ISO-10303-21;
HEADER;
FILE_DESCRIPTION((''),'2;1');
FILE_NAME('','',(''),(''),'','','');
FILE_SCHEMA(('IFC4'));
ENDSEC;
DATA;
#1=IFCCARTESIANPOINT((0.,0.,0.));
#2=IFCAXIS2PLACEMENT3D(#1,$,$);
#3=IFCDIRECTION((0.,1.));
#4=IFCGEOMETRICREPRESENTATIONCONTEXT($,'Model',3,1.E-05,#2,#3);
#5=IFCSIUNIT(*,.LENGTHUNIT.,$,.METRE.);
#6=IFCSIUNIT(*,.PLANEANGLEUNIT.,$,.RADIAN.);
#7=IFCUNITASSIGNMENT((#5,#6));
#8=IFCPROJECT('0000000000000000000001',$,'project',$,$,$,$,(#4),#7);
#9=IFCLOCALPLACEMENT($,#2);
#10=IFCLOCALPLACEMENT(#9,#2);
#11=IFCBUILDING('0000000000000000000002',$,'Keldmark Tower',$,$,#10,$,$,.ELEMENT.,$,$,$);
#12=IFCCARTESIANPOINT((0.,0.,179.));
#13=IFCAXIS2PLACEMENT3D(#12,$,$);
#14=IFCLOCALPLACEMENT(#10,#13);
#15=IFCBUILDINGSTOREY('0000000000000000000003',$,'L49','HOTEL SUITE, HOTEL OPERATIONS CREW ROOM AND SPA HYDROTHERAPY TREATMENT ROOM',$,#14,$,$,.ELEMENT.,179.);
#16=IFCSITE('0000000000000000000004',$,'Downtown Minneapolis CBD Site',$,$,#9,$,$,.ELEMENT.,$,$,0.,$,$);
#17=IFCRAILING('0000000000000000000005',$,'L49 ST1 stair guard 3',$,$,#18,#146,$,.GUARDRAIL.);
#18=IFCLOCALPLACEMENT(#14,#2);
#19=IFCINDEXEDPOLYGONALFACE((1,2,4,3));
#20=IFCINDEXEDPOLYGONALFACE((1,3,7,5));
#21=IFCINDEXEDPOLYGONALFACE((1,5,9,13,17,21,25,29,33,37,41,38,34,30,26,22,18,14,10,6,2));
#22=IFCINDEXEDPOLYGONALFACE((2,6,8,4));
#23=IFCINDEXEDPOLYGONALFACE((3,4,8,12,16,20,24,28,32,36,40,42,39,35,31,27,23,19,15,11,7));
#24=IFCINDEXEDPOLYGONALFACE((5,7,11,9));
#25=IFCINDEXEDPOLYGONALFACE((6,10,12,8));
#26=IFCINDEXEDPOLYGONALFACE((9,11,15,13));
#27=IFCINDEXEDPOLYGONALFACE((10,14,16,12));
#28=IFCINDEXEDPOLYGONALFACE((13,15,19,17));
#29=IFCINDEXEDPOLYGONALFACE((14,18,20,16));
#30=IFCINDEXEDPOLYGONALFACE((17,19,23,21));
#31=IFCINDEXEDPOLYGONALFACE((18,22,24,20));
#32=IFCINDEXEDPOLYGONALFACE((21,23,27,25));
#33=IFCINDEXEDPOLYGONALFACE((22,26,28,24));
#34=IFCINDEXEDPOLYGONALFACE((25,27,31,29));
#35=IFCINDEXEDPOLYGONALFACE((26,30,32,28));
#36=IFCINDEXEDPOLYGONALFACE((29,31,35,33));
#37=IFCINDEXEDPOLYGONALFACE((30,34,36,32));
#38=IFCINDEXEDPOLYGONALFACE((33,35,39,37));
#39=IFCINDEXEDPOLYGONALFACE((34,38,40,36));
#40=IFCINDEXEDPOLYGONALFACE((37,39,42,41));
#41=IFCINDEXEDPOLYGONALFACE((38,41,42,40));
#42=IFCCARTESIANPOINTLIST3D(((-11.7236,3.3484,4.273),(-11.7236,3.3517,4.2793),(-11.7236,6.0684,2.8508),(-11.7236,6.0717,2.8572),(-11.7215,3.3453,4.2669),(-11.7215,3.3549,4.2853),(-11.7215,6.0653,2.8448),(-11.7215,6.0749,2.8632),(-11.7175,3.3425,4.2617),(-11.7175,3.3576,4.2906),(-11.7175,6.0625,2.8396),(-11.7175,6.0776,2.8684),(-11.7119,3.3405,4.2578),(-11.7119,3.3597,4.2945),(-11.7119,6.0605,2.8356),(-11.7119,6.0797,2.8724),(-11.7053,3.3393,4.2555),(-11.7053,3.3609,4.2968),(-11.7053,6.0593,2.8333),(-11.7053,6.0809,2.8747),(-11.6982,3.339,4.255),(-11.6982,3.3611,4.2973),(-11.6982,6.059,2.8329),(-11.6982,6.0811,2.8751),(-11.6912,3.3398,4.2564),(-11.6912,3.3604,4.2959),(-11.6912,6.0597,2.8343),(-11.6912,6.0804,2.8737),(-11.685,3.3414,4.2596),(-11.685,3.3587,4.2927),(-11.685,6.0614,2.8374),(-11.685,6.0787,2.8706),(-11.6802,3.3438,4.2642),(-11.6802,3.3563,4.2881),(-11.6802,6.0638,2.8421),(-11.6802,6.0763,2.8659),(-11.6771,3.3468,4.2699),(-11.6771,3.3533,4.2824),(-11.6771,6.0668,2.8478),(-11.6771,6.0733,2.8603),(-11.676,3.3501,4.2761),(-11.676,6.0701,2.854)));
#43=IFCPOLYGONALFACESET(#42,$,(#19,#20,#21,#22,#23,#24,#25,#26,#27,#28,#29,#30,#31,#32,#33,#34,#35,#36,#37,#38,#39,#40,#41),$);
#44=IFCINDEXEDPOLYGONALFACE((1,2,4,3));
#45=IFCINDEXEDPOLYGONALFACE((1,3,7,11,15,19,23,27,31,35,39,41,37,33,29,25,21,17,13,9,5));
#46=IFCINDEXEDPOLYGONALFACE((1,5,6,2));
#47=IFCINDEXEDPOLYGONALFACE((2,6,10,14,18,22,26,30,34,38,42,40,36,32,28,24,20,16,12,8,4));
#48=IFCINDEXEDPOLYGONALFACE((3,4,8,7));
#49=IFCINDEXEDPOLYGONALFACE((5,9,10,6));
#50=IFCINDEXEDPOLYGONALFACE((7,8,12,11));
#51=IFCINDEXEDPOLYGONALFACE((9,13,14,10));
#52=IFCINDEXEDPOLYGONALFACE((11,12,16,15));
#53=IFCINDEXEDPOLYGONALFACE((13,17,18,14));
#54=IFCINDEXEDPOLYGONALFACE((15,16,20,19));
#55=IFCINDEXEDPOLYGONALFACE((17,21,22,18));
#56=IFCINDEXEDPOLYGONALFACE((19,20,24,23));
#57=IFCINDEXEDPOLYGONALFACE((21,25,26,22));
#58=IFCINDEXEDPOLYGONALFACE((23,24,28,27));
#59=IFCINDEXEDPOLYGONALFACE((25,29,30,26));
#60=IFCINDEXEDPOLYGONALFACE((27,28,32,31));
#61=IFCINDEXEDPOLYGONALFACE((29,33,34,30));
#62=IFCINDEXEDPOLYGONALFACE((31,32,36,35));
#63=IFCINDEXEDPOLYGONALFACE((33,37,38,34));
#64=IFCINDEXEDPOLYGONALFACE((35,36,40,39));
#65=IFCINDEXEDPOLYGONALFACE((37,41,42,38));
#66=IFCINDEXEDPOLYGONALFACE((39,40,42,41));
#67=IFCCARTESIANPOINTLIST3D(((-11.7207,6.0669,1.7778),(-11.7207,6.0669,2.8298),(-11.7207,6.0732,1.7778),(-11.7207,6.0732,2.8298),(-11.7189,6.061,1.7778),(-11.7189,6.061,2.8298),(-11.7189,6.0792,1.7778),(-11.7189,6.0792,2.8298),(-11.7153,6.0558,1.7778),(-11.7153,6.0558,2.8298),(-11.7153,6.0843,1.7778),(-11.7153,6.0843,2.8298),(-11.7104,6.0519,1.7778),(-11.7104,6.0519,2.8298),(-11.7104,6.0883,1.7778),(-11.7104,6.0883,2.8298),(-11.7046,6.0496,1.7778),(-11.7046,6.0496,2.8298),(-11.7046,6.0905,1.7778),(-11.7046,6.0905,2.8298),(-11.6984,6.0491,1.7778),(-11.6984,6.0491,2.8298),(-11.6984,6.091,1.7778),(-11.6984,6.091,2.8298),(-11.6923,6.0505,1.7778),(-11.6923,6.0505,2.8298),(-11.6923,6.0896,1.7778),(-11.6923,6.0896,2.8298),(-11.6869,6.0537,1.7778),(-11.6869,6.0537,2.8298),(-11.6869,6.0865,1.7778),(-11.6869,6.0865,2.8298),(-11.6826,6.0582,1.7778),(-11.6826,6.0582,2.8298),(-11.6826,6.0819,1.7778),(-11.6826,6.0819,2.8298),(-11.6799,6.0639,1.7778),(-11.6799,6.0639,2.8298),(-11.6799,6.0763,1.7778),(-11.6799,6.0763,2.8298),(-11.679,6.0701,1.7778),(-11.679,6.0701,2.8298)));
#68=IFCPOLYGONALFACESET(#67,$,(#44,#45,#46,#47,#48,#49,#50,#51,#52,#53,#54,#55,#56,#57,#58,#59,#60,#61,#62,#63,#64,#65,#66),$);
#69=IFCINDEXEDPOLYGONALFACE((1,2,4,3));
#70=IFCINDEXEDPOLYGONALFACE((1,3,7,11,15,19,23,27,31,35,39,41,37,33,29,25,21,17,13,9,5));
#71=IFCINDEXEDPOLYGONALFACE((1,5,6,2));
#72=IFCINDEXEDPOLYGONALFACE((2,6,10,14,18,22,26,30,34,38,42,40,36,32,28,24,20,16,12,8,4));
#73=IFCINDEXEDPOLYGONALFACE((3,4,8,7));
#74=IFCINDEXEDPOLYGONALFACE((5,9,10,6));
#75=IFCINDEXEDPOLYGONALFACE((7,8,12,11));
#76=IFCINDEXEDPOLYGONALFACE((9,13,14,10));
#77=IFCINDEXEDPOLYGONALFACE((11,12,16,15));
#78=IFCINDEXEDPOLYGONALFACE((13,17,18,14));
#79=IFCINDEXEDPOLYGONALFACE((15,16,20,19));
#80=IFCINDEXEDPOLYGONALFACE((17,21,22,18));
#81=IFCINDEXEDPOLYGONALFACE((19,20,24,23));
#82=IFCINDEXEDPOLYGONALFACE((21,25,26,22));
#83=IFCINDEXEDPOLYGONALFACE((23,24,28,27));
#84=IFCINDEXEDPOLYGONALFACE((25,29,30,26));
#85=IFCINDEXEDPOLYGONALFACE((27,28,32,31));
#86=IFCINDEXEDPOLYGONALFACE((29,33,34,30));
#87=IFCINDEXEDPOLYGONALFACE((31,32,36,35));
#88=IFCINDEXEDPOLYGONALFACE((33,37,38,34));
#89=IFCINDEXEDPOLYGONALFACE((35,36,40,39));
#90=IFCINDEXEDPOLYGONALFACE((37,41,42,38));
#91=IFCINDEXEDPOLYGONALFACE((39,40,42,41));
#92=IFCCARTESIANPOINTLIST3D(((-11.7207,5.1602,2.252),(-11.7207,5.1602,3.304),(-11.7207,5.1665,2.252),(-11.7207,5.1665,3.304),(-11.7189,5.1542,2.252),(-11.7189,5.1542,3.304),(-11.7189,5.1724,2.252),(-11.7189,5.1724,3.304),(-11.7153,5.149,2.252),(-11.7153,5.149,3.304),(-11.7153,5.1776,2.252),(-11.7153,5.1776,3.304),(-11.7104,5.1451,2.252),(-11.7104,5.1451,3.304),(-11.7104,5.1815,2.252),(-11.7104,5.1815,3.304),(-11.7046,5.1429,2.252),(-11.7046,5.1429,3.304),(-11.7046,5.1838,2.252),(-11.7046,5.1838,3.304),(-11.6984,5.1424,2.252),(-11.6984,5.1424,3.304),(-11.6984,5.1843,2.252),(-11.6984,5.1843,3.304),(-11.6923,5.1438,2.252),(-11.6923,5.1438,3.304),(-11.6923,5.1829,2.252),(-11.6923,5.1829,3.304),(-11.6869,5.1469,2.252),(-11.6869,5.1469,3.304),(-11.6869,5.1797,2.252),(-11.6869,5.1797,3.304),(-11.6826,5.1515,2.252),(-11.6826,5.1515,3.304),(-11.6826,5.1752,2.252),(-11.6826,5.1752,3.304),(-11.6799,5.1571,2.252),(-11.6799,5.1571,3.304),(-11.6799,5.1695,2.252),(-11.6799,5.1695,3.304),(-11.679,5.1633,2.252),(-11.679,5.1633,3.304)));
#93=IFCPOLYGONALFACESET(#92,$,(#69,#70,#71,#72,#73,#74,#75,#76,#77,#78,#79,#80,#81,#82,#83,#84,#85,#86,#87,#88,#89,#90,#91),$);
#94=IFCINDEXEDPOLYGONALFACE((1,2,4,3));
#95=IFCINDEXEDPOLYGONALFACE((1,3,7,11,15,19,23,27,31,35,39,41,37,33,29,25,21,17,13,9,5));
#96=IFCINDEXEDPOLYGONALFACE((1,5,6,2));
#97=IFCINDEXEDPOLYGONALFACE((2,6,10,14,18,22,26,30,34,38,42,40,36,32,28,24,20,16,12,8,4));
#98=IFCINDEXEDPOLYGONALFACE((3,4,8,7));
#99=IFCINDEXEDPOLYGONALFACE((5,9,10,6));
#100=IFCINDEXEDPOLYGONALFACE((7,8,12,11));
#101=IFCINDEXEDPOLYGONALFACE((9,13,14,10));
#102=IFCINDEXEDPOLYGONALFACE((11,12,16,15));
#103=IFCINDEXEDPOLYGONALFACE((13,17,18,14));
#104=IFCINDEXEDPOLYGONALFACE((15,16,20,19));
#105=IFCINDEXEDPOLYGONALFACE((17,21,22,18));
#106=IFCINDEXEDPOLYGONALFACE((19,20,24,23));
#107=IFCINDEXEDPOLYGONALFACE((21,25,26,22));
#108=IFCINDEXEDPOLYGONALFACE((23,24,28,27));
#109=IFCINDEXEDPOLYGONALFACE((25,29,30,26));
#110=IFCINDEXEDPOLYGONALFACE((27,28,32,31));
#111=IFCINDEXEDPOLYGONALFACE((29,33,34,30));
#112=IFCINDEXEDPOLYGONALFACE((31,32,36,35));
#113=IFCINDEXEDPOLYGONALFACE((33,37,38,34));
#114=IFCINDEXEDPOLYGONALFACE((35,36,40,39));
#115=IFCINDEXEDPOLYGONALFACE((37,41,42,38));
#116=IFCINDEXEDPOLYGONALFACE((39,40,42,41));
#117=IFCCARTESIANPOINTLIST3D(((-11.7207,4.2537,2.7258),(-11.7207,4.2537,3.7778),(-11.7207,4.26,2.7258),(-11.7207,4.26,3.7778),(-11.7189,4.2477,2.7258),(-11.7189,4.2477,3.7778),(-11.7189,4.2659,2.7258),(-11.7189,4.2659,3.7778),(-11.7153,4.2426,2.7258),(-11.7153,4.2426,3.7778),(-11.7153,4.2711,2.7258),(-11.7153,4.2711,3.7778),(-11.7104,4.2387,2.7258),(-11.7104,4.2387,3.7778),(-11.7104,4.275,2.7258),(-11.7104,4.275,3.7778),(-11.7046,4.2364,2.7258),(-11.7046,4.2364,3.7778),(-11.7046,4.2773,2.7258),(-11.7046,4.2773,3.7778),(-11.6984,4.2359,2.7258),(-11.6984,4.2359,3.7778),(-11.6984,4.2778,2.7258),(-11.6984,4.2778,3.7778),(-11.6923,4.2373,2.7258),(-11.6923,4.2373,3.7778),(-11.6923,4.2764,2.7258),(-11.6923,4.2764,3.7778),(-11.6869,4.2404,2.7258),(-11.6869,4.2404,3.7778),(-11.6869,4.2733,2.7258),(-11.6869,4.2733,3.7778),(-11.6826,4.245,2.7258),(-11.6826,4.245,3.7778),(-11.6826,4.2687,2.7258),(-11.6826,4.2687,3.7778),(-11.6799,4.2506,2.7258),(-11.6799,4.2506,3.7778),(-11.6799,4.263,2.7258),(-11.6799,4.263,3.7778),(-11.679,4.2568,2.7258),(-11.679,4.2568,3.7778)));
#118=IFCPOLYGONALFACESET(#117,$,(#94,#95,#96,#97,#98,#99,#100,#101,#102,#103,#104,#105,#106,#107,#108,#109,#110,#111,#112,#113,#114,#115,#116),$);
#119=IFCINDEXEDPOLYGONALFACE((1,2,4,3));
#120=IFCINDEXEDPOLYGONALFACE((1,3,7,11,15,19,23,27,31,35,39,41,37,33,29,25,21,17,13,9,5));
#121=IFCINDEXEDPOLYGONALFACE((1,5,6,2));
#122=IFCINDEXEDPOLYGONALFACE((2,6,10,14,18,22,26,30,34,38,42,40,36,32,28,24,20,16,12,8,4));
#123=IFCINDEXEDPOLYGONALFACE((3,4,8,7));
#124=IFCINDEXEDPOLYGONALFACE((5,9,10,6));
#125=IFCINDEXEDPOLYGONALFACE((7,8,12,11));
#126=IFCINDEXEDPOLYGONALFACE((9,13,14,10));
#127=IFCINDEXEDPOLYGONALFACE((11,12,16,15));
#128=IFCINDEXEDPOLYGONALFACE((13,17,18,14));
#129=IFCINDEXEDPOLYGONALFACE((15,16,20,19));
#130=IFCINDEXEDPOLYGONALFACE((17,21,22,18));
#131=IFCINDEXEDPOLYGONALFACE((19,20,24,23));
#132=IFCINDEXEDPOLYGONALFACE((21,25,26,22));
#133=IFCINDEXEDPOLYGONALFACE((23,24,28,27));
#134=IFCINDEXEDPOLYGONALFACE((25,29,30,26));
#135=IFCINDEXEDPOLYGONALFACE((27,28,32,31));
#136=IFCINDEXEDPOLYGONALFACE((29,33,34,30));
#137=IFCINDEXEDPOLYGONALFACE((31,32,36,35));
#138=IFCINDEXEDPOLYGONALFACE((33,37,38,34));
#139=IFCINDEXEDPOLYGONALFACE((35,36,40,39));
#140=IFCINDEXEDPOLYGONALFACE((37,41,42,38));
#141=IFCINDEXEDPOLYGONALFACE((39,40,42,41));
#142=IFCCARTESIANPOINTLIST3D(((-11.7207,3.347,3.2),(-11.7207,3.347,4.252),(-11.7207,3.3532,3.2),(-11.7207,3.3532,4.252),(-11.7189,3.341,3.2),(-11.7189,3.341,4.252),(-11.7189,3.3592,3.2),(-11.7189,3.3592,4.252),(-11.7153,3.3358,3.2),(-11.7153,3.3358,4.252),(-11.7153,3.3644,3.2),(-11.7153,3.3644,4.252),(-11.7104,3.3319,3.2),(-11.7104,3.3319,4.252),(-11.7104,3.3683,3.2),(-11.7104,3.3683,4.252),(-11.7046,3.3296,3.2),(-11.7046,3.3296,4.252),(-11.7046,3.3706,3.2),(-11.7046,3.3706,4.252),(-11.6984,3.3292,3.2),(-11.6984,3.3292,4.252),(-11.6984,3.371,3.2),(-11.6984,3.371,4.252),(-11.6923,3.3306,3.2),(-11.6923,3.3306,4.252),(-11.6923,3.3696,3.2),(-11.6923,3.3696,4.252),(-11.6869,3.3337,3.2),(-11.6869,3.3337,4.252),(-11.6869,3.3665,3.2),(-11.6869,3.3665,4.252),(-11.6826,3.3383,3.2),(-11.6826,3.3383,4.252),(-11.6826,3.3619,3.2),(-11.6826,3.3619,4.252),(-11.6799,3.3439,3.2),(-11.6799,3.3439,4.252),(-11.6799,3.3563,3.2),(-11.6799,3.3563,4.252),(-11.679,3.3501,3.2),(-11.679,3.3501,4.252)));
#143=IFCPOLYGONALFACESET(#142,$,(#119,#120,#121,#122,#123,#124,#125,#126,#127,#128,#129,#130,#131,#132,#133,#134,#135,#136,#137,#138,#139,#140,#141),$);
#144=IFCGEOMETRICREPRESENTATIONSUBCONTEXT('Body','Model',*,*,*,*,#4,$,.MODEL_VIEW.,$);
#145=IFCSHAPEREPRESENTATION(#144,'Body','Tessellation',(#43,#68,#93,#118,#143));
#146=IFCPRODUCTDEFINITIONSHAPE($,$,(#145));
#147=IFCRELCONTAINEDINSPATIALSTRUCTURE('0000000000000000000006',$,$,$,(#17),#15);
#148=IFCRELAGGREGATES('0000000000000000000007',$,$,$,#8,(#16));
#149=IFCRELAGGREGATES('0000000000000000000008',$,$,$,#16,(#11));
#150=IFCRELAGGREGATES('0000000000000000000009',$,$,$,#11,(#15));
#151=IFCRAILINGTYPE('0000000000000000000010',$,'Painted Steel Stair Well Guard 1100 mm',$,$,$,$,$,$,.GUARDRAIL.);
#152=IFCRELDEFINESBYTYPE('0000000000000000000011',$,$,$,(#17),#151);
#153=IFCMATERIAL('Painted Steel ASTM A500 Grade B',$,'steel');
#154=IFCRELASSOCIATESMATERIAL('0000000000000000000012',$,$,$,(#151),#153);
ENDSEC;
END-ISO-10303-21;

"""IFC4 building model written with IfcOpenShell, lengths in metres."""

from ifc_helpers import new_model, si_unit, direction, frame, origin, origin_2d, place, context, subcontext, project, spatial, circle, extrude, material, type_object, element, save


model = new_model("IFC4")

# Units and contexts
model_context = context("Model", 3, precision=1e-05, world=origin(), true_north=direction((0.0, 1.0)))
body_context = subcontext(model_context, "Body", "Model", "MODEL_VIEW")
ifc_project = project(units=[si_unit("LENGTHUNIT", "METRE"), si_unit("PLANEANGLEUNIT", "RADIAN")], contexts=[model_context])

# Site, building, storey
site_placement = place(None, origin())
site = spatial("IfcSite", under=ifc_project, at=site_placement, Name="Downtown Minneapolis CBD Site", CompositionType="ELEMENT", RefElevation=0.0)
building_placement = place(site_placement, origin())
building = spatial("IfcBuilding", under=site, at=building_placement, Name="Keldmark Tower", CompositionType="ELEMENT")
storey_placement = place(building_placement, frame((0.0, 0.0, 179.0)))
storey = spatial("IfcBuildingStorey", under=building, at=storey_placement, Name="L49", Description="HOTEL SUITE, HOTEL OPERATIONS CREW ROOM AND SPA HYDROTHERAPY TREATMENT ROOM", CompositionType="ELEMENT", Elevation=179.0)

# Railing
ifc_material_1 = material(Name="Painted Steel ASTM A500 Grade B", Category="steel")
railing_type_1 = type_object("IfcRailingType", Name="Painted Steel Stair Well Guard 1100 mm", PredefinedType="GUARDRAIL", material=ifc_material_1)
railing_1_placement = place(storey_placement, frame((-11.7, 6.0701, 1.7778)))
element("IfcRailing", 1, at=railing_1_placement, inside=storey, type_object=railing_type_1, Name="L49 ST1 stair guard 3", PredefinedType="GUARDRAIL", context=body_context, shape_type="SweptSolid", body=[
    extrude(circle(Radius=0.0239, at=origin_2d()), frame((0.0, 0.0, 1.0762), z_axis=(0.0, -0.886183, 0.463335), x_axis=(1.0, 0.0, 0.0)), (0.0, 0.0, 1.0), 3.0693),
    extrude(circle(Radius=0.021, at=origin_2d()), origin(), (0.0, 0.0, 1.0), 1.052),
    extrude(circle(Radius=0.021, at=origin_2d()), frame((0.0, -0.9067, 0.4741)), (0.0, 0.0, 1.0), 1.052),
    extrude(circle(Radius=0.021, at=origin_2d()), frame((0.0, -1.8132, 0.948)), (0.0, 0.0, 1.0), 1.052),
    extrude(circle(Radius=0.021, at=origin_2d()), frame((0.0, -2.72, 1.4221)), (0.0, 0.0, 1.0), 1.052),
])

save(model, "model.ifc")
